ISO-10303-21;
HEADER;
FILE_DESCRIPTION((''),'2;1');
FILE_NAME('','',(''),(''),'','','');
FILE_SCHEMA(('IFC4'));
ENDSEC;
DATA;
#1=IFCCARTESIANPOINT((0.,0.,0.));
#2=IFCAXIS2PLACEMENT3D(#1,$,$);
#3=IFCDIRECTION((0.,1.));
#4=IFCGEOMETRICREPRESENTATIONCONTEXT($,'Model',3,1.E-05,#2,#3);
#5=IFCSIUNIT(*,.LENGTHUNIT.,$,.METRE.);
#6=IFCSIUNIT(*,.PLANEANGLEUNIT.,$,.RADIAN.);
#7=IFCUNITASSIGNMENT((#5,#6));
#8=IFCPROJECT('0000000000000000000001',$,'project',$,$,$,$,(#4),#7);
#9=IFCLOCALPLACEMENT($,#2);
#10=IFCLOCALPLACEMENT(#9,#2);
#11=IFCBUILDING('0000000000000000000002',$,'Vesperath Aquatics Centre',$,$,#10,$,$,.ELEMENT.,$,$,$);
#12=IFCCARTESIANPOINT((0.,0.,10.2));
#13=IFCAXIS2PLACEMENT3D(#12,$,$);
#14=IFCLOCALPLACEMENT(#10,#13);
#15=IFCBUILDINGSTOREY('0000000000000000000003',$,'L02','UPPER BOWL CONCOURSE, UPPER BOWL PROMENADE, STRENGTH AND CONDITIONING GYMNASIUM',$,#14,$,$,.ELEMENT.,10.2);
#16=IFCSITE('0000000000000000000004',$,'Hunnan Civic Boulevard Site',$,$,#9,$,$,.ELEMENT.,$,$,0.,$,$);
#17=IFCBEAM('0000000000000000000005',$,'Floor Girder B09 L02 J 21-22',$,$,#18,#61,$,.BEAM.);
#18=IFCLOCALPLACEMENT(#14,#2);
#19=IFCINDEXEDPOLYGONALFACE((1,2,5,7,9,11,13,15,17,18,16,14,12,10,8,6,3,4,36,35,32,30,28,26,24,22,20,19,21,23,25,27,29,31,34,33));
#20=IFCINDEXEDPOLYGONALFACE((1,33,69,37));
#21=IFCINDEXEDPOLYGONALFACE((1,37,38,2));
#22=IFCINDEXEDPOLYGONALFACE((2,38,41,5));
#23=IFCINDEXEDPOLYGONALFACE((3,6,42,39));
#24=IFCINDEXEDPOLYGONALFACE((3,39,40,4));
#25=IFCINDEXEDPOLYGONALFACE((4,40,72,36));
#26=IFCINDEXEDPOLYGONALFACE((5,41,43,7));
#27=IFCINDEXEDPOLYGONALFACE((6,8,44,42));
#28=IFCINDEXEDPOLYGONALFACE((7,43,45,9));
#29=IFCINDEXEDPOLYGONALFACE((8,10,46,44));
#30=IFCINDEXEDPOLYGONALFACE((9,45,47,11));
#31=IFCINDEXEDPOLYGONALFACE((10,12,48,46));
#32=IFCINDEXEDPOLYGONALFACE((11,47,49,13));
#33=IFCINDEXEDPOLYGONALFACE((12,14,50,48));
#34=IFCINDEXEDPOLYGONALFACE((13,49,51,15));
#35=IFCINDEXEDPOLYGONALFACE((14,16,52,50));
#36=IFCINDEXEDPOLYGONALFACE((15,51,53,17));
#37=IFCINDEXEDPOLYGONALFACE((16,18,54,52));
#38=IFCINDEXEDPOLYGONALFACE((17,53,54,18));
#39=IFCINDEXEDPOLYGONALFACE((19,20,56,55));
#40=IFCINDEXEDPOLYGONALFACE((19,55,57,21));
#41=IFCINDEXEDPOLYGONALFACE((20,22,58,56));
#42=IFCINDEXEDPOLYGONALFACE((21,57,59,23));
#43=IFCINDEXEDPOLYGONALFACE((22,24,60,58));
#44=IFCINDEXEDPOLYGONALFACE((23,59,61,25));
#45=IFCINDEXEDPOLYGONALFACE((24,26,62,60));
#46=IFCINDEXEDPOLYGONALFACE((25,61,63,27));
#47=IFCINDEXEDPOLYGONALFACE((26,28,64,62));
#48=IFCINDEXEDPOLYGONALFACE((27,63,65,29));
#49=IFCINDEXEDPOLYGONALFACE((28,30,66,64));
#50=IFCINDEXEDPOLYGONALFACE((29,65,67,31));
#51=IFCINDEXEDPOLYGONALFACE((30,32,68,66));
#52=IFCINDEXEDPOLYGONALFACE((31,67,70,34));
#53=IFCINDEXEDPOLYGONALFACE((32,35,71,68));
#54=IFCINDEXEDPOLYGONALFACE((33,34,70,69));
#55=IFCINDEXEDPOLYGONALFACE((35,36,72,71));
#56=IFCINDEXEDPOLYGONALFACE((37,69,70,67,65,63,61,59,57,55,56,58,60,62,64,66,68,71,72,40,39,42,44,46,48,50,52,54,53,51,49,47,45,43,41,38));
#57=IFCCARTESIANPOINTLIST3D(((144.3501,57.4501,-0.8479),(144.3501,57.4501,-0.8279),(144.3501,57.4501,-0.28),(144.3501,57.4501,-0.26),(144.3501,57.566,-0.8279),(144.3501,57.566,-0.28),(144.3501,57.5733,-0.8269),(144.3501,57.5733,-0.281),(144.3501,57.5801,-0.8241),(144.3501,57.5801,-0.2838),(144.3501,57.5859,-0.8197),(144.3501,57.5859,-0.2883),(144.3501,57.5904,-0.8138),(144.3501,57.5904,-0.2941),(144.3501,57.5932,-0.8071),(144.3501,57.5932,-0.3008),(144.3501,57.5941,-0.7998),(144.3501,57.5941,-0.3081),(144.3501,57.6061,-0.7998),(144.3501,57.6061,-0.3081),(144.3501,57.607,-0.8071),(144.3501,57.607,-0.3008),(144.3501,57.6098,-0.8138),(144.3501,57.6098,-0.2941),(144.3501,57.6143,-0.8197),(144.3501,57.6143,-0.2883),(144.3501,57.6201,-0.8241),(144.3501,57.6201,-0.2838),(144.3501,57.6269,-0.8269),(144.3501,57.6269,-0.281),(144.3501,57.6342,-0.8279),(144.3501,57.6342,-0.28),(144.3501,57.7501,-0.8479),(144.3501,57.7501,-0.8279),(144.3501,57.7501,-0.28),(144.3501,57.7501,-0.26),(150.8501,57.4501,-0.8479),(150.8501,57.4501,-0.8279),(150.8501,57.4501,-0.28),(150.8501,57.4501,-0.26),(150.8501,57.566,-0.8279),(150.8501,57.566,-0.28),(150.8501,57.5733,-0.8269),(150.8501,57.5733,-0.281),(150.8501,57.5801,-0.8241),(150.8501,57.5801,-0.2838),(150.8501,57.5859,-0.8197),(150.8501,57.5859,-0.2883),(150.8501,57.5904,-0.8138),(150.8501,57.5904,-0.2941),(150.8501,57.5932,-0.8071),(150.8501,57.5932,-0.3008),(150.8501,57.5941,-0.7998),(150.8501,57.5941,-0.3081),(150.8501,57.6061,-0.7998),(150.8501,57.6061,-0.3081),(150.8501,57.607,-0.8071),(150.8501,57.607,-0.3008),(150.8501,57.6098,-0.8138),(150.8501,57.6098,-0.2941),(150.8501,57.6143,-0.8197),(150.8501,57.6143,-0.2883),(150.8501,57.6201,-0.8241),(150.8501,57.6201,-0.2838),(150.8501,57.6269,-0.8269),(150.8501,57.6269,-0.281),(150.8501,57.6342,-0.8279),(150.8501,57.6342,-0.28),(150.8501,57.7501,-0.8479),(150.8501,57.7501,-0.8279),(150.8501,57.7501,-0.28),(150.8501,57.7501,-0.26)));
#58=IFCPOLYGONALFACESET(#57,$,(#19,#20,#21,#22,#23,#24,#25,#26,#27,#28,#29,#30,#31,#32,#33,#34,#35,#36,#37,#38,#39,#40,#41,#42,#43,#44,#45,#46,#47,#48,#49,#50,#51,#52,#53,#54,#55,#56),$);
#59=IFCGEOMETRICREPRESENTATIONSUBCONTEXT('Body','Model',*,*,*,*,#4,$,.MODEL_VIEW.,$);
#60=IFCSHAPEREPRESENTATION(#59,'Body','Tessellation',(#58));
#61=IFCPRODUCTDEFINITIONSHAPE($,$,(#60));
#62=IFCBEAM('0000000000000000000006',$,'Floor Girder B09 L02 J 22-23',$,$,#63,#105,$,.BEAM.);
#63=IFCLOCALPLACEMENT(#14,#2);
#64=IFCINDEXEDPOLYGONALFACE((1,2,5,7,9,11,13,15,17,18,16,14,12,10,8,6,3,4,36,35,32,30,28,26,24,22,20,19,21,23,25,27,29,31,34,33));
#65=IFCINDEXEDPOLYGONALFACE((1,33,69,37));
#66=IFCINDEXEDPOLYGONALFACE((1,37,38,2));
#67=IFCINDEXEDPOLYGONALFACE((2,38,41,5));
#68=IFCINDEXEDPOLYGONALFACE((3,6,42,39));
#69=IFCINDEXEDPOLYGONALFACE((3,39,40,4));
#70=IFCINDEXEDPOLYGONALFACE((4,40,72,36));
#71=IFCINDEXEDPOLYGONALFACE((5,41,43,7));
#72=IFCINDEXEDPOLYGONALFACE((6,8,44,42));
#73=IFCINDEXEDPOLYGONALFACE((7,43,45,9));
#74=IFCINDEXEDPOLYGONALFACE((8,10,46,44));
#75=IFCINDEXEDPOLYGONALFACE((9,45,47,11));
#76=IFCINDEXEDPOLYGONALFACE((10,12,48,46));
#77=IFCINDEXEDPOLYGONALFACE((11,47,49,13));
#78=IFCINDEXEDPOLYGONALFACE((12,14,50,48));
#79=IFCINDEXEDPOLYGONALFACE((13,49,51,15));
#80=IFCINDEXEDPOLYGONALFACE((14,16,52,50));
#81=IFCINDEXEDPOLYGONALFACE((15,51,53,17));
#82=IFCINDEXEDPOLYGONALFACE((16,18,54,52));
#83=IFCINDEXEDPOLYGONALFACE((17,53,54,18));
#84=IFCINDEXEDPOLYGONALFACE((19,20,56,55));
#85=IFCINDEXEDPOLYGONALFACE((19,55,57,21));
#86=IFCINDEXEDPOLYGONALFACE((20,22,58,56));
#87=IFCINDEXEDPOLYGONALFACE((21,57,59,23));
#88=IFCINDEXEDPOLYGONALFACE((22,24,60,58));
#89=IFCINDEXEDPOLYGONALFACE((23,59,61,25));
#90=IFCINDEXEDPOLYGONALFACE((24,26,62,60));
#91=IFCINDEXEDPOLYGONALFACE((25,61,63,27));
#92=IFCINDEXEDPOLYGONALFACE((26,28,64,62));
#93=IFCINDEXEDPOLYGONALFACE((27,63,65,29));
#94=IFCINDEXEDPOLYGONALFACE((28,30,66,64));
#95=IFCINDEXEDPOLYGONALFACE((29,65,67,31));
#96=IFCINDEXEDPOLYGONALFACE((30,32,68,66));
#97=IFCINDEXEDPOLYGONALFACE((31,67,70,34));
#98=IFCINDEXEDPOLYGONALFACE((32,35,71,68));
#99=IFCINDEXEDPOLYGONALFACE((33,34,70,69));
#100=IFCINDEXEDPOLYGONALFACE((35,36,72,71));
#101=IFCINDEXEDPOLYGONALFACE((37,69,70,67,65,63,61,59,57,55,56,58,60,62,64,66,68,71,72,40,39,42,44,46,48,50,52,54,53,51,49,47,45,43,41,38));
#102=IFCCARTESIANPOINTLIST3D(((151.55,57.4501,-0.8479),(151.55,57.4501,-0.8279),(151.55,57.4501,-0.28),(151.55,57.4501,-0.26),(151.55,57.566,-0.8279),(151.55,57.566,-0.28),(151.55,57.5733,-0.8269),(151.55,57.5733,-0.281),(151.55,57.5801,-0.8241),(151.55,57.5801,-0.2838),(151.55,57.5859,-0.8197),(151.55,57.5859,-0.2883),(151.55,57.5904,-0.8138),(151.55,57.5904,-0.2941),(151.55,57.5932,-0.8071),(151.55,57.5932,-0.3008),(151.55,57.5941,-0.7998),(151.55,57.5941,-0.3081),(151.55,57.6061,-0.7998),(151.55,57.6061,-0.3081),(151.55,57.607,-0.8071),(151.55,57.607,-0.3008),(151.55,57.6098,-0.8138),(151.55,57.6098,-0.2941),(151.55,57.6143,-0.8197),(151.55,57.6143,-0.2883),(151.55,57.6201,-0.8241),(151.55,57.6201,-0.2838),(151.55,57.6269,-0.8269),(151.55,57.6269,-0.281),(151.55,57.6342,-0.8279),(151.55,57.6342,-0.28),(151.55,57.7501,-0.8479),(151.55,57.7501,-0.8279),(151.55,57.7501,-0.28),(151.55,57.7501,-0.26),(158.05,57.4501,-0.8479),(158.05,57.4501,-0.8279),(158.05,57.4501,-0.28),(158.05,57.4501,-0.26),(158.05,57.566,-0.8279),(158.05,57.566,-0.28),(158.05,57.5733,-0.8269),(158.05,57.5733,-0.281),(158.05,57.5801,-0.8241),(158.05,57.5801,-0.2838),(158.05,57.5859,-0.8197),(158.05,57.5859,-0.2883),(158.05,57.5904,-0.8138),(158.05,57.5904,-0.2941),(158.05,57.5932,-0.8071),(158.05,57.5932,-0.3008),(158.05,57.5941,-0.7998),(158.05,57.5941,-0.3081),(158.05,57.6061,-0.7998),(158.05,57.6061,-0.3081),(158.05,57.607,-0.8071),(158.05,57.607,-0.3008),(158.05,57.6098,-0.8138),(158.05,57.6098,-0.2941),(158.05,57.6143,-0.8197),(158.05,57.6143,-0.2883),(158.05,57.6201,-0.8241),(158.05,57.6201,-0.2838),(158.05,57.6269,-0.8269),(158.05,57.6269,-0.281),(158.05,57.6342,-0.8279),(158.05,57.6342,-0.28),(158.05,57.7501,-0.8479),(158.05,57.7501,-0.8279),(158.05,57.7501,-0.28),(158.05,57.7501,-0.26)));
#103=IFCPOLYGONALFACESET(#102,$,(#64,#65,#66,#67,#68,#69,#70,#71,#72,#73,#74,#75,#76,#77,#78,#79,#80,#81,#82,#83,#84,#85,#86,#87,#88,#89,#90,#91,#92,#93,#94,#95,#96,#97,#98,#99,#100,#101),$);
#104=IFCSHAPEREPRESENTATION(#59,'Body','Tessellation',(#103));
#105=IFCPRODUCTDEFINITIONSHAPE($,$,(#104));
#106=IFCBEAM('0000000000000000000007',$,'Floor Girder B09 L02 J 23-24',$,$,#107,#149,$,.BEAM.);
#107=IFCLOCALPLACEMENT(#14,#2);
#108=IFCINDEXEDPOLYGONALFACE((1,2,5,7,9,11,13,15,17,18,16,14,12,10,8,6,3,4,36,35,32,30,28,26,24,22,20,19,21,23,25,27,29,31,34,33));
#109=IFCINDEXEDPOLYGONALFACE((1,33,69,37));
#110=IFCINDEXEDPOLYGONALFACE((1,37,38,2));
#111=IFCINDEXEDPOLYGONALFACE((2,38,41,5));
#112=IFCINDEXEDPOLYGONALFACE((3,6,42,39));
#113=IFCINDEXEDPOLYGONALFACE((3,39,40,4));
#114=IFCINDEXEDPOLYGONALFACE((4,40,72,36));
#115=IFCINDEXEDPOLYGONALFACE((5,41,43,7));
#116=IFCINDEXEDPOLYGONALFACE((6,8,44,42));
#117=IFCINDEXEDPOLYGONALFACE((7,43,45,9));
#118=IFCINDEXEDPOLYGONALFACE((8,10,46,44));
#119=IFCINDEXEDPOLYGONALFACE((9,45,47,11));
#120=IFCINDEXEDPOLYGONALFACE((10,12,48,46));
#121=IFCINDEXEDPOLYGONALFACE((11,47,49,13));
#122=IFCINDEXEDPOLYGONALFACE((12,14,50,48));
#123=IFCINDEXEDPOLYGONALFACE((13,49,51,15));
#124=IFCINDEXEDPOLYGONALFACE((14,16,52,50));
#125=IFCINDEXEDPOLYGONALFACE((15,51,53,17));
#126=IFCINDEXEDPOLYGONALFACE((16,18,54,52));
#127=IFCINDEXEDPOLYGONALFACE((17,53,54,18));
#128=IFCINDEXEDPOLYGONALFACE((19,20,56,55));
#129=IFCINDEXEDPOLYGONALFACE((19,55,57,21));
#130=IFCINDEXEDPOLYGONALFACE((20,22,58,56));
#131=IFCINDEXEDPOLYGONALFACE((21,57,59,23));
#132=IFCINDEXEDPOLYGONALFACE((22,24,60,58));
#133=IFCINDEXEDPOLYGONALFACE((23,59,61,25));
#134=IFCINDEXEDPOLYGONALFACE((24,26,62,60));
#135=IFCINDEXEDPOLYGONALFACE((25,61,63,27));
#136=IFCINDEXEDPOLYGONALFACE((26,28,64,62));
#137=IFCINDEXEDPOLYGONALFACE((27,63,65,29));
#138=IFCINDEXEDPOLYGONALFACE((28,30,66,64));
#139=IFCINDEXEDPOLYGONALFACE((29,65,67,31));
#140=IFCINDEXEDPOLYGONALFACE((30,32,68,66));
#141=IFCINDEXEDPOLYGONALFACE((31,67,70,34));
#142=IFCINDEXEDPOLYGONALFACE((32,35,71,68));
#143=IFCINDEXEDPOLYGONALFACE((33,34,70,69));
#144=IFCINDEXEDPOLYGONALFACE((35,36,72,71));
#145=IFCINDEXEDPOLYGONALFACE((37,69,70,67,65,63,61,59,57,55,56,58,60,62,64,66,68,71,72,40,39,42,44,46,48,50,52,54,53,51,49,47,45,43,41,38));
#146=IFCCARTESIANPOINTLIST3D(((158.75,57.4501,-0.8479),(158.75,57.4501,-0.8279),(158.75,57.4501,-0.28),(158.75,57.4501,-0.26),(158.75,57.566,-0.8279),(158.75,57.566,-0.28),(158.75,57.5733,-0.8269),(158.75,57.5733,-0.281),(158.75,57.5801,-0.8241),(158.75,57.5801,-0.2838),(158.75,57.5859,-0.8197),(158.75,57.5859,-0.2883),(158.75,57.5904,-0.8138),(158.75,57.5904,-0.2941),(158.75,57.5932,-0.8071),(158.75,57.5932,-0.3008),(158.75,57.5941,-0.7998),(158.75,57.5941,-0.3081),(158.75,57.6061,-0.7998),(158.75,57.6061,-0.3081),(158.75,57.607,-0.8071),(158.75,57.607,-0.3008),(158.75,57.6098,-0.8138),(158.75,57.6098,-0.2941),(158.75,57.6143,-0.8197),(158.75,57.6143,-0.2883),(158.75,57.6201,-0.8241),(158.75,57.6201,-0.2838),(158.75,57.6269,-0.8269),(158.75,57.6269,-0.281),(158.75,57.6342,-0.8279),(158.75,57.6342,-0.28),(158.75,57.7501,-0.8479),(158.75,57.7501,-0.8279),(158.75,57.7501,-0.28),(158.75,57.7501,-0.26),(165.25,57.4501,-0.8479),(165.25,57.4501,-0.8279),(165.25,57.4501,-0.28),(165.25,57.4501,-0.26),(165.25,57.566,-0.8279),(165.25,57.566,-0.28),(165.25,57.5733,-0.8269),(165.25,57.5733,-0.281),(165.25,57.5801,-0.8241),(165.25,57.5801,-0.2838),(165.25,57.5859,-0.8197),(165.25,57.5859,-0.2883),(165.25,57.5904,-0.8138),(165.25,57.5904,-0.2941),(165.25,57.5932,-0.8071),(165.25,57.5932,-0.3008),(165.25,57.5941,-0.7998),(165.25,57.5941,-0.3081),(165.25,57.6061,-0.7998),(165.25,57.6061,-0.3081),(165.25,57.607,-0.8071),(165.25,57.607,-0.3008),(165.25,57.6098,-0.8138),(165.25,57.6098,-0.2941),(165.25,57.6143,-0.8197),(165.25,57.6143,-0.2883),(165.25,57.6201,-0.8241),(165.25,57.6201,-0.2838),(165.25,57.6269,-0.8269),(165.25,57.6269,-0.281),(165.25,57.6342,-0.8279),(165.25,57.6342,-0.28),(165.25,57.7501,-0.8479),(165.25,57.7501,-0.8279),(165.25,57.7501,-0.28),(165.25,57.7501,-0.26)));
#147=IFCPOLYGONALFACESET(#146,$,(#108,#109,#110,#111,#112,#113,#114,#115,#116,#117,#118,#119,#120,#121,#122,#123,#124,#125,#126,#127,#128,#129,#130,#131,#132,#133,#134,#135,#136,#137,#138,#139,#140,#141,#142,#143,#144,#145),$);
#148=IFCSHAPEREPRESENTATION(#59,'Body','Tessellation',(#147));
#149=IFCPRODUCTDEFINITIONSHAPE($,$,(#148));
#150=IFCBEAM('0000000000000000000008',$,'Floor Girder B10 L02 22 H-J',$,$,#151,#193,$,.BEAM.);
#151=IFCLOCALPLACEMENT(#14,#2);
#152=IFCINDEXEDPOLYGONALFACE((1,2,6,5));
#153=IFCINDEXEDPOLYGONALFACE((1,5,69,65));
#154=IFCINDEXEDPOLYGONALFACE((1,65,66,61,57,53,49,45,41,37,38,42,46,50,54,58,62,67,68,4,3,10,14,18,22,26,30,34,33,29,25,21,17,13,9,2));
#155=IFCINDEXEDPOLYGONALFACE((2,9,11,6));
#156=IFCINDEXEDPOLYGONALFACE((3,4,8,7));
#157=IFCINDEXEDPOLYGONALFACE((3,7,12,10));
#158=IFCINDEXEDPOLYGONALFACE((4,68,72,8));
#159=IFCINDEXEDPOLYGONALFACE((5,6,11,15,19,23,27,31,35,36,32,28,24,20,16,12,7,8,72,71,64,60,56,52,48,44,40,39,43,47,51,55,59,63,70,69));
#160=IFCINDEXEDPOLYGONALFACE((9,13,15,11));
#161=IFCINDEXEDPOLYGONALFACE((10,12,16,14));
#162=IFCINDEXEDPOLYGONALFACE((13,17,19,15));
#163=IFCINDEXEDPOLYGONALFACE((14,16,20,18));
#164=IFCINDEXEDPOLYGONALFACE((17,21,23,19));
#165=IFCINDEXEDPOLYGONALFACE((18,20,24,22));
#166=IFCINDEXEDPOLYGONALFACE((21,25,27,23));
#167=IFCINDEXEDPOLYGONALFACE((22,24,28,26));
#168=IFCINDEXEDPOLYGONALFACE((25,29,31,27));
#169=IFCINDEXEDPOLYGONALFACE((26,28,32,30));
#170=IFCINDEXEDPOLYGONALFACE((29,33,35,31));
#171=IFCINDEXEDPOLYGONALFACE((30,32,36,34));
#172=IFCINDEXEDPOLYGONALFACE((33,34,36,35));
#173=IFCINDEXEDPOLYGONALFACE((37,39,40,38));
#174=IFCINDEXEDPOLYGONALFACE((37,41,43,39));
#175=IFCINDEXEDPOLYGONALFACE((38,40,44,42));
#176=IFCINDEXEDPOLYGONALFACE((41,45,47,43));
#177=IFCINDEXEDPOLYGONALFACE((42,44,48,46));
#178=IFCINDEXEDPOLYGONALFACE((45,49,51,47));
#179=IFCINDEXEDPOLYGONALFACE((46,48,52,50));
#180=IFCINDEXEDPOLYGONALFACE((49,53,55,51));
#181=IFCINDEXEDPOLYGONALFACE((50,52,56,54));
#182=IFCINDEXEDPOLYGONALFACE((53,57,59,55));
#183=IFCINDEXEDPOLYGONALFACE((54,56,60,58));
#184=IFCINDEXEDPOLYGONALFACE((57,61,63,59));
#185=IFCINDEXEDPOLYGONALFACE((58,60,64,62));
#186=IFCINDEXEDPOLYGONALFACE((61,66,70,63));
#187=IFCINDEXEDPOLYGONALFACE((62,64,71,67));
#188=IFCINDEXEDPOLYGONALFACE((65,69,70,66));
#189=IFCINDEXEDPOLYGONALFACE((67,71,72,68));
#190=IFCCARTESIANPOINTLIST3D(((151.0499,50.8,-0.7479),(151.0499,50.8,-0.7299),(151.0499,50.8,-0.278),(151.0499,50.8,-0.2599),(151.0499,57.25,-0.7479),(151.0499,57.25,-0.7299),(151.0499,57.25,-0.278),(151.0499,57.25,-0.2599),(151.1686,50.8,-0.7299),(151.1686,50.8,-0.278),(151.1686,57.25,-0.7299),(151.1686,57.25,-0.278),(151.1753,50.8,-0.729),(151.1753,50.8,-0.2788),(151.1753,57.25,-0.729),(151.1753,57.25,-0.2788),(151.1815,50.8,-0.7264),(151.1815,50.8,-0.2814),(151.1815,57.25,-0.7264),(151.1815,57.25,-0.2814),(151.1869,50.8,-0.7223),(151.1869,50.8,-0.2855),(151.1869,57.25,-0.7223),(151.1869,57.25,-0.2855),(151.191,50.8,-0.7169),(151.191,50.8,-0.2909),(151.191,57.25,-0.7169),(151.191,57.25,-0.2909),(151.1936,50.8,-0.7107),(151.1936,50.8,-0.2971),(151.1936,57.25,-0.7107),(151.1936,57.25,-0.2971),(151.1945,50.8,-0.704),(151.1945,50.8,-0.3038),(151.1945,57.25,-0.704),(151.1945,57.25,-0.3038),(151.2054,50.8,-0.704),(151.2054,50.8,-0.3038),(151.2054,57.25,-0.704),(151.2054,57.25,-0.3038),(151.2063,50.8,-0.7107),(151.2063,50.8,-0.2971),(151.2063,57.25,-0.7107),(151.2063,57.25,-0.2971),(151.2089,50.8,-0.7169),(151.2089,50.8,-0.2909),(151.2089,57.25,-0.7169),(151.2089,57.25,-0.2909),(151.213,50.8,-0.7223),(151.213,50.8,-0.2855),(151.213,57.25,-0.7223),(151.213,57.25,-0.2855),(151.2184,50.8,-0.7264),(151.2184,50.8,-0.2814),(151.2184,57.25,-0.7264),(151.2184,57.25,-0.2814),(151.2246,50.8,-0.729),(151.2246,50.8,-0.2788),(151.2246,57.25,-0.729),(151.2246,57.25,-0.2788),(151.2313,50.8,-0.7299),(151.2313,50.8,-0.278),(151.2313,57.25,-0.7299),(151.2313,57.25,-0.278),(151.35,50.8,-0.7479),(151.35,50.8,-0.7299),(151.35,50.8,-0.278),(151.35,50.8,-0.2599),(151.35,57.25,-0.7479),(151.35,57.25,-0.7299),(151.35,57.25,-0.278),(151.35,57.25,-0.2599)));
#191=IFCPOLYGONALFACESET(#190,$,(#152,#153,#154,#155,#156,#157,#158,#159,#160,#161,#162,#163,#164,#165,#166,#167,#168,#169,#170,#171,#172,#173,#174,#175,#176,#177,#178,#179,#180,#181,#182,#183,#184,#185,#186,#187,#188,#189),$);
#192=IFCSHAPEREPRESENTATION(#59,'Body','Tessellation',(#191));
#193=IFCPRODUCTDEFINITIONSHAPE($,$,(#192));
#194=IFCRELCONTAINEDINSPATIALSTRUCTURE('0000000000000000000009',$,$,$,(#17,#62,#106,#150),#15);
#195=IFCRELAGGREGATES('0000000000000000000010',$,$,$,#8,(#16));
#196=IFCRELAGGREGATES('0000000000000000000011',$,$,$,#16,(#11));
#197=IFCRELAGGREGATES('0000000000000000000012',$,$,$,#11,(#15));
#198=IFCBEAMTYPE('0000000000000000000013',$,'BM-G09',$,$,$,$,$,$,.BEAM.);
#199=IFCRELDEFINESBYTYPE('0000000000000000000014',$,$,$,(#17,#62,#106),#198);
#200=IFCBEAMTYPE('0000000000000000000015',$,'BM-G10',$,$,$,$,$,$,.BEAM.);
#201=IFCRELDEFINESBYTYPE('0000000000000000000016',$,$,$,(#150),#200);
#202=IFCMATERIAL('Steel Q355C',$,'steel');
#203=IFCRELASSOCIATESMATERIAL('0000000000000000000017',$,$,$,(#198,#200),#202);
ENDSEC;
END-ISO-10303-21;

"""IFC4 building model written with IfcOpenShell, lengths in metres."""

from ifc_helpers import new_model, si_unit, direction, frame, origin, origin_2d, place, context, subcontext, project, spatial, i_section, extrude, material, material_profile, profile_set, type_object, element, save


model = new_model("IFC4")

# Units and contexts
model_context = context("Model", 3, precision=1e-05, world=origin(), true_north=direction((0.0, 1.0)))
body_context = subcontext(model_context, "Body", "Model", "MODEL_VIEW")
ifc_project = project(units=[si_unit("LENGTHUNIT", "METRE"), si_unit("PLANEANGLEUNIT", "RADIAN")], contexts=[model_context])

# Site, building, storey
site_placement = place(None, origin())
site = spatial("IfcSite", under=ifc_project, at=site_placement, Name="Hunnan Civic Boulevard Site", CompositionType="ELEMENT", RefElevation=0.0)
building_placement = place(site_placement, origin())
building = spatial("IfcBuilding", under=site, at=building_placement, Name="Vesperath Aquatics Centre", CompositionType="ELEMENT")
storey_placement = place(building_placement, frame((0.0, 0.0, 10.2)))
storey = spatial("IfcBuildingStorey", under=building, at=storey_placement, Name="L02", Description="UPPER BOWL CONCOURSE, UPPER BOWL PROMENADE, STRENGTH AND CONDITIONING GYMNASIUM", CompositionType="ELEMENT", Elevation=10.2)

# Beams
ifc_material_1 = material(Name="Steel Q355C", Category="steel")
ifc_material_profile_1 = material_profile(ifc_material_1, i_section(OverallWidth=0.3, OverallDepth=0.5879, WebThickness=0.012, FlangeThickness=0.02, FilletRadius=0.0281, at=origin_2d()), Name="HM 588x300x12x20")
ifc_profile_set_1 = profile_set([ifc_material_profile_1], Name="Steel Q355C")
beam_type_1 = type_object("IfcBeamType", Name="BM-G09", PredefinedType="BEAM", material=ifc_profile_set_1)
for number, where, z_axis, x_axis, name in (
    (1, (144.3501, 57.6001, -0.554), (1.0, 0.0, 0.0), (0.0, 1.0, 0.0), "Floor Girder B09 L02 J 21-22"),
    (2, (151.55, 57.6001, -0.554), (1.0, 0.0, 0.0), (0.0, 1.0, 0.0), "Floor Girder B09 L02 J 22-23"),
    (3, (158.75, 57.6001, -0.554), (1.0, 0.0, 0.0), (0.0, 1.0, 0.0), "Floor Girder B09 L02 J 23-24"),
):
    element("IfcBeam", number, at=place(storey_placement, frame(where, z_axis=z_axis, x_axis=x_axis)), inside=storey, type_object=beam_type_1, Name=name, PredefinedType="BEAM", context=body_context, shape_type="SweptSolid", body=[
        extrude(i_section(OverallWidth=0.3, OverallDepth=0.5879, WebThickness=0.012, FlangeThickness=0.02, FilletRadius=0.0281, at=origin_2d()), origin(), (0.0, 0.0, 1.0), 6.5),
    ])
ifc_material_profile_2 = material_profile(ifc_material_1, i_section(OverallWidth=0.3, OverallDepth=0.488, WebThickness=0.011, FlangeThickness=0.0181, FilletRadius=0.0259, at=origin_2d()), Name="HM 488x300x11x18")
ifc_profile_set_2 = profile_set([ifc_material_profile_2], Name="Steel Q355C")
beam_type_2 = type_object("IfcBeamType", Name="BM-G10", PredefinedType="BEAM", material=ifc_profile_set_2)
for number, where, z_axis, x_axis, name in (
    (4, (151.2, 50.8, -0.5039), (0.0, 1.0, 0.0), (-1.0, 0.0, 0.0), "Floor Girder B10 L02 22 H-J"),
):
    element("IfcBeam", number, at=place(storey_placement, frame(where, z_axis=z_axis, x_axis=x_axis)), inside=storey, type_object=beam_type_2, Name=name, PredefinedType="BEAM", context=body_context, shape_type="SweptSolid", body=[
        extrude(i_section(OverallWidth=0.3, OverallDepth=0.488, WebThickness=0.011, FlangeThickness=0.0181, FilletRadius=0.0259, at=origin_2d()), origin(), (0.0, 0.0, 1.0), 6.45),
    ])

save(model, "model.ifc")
